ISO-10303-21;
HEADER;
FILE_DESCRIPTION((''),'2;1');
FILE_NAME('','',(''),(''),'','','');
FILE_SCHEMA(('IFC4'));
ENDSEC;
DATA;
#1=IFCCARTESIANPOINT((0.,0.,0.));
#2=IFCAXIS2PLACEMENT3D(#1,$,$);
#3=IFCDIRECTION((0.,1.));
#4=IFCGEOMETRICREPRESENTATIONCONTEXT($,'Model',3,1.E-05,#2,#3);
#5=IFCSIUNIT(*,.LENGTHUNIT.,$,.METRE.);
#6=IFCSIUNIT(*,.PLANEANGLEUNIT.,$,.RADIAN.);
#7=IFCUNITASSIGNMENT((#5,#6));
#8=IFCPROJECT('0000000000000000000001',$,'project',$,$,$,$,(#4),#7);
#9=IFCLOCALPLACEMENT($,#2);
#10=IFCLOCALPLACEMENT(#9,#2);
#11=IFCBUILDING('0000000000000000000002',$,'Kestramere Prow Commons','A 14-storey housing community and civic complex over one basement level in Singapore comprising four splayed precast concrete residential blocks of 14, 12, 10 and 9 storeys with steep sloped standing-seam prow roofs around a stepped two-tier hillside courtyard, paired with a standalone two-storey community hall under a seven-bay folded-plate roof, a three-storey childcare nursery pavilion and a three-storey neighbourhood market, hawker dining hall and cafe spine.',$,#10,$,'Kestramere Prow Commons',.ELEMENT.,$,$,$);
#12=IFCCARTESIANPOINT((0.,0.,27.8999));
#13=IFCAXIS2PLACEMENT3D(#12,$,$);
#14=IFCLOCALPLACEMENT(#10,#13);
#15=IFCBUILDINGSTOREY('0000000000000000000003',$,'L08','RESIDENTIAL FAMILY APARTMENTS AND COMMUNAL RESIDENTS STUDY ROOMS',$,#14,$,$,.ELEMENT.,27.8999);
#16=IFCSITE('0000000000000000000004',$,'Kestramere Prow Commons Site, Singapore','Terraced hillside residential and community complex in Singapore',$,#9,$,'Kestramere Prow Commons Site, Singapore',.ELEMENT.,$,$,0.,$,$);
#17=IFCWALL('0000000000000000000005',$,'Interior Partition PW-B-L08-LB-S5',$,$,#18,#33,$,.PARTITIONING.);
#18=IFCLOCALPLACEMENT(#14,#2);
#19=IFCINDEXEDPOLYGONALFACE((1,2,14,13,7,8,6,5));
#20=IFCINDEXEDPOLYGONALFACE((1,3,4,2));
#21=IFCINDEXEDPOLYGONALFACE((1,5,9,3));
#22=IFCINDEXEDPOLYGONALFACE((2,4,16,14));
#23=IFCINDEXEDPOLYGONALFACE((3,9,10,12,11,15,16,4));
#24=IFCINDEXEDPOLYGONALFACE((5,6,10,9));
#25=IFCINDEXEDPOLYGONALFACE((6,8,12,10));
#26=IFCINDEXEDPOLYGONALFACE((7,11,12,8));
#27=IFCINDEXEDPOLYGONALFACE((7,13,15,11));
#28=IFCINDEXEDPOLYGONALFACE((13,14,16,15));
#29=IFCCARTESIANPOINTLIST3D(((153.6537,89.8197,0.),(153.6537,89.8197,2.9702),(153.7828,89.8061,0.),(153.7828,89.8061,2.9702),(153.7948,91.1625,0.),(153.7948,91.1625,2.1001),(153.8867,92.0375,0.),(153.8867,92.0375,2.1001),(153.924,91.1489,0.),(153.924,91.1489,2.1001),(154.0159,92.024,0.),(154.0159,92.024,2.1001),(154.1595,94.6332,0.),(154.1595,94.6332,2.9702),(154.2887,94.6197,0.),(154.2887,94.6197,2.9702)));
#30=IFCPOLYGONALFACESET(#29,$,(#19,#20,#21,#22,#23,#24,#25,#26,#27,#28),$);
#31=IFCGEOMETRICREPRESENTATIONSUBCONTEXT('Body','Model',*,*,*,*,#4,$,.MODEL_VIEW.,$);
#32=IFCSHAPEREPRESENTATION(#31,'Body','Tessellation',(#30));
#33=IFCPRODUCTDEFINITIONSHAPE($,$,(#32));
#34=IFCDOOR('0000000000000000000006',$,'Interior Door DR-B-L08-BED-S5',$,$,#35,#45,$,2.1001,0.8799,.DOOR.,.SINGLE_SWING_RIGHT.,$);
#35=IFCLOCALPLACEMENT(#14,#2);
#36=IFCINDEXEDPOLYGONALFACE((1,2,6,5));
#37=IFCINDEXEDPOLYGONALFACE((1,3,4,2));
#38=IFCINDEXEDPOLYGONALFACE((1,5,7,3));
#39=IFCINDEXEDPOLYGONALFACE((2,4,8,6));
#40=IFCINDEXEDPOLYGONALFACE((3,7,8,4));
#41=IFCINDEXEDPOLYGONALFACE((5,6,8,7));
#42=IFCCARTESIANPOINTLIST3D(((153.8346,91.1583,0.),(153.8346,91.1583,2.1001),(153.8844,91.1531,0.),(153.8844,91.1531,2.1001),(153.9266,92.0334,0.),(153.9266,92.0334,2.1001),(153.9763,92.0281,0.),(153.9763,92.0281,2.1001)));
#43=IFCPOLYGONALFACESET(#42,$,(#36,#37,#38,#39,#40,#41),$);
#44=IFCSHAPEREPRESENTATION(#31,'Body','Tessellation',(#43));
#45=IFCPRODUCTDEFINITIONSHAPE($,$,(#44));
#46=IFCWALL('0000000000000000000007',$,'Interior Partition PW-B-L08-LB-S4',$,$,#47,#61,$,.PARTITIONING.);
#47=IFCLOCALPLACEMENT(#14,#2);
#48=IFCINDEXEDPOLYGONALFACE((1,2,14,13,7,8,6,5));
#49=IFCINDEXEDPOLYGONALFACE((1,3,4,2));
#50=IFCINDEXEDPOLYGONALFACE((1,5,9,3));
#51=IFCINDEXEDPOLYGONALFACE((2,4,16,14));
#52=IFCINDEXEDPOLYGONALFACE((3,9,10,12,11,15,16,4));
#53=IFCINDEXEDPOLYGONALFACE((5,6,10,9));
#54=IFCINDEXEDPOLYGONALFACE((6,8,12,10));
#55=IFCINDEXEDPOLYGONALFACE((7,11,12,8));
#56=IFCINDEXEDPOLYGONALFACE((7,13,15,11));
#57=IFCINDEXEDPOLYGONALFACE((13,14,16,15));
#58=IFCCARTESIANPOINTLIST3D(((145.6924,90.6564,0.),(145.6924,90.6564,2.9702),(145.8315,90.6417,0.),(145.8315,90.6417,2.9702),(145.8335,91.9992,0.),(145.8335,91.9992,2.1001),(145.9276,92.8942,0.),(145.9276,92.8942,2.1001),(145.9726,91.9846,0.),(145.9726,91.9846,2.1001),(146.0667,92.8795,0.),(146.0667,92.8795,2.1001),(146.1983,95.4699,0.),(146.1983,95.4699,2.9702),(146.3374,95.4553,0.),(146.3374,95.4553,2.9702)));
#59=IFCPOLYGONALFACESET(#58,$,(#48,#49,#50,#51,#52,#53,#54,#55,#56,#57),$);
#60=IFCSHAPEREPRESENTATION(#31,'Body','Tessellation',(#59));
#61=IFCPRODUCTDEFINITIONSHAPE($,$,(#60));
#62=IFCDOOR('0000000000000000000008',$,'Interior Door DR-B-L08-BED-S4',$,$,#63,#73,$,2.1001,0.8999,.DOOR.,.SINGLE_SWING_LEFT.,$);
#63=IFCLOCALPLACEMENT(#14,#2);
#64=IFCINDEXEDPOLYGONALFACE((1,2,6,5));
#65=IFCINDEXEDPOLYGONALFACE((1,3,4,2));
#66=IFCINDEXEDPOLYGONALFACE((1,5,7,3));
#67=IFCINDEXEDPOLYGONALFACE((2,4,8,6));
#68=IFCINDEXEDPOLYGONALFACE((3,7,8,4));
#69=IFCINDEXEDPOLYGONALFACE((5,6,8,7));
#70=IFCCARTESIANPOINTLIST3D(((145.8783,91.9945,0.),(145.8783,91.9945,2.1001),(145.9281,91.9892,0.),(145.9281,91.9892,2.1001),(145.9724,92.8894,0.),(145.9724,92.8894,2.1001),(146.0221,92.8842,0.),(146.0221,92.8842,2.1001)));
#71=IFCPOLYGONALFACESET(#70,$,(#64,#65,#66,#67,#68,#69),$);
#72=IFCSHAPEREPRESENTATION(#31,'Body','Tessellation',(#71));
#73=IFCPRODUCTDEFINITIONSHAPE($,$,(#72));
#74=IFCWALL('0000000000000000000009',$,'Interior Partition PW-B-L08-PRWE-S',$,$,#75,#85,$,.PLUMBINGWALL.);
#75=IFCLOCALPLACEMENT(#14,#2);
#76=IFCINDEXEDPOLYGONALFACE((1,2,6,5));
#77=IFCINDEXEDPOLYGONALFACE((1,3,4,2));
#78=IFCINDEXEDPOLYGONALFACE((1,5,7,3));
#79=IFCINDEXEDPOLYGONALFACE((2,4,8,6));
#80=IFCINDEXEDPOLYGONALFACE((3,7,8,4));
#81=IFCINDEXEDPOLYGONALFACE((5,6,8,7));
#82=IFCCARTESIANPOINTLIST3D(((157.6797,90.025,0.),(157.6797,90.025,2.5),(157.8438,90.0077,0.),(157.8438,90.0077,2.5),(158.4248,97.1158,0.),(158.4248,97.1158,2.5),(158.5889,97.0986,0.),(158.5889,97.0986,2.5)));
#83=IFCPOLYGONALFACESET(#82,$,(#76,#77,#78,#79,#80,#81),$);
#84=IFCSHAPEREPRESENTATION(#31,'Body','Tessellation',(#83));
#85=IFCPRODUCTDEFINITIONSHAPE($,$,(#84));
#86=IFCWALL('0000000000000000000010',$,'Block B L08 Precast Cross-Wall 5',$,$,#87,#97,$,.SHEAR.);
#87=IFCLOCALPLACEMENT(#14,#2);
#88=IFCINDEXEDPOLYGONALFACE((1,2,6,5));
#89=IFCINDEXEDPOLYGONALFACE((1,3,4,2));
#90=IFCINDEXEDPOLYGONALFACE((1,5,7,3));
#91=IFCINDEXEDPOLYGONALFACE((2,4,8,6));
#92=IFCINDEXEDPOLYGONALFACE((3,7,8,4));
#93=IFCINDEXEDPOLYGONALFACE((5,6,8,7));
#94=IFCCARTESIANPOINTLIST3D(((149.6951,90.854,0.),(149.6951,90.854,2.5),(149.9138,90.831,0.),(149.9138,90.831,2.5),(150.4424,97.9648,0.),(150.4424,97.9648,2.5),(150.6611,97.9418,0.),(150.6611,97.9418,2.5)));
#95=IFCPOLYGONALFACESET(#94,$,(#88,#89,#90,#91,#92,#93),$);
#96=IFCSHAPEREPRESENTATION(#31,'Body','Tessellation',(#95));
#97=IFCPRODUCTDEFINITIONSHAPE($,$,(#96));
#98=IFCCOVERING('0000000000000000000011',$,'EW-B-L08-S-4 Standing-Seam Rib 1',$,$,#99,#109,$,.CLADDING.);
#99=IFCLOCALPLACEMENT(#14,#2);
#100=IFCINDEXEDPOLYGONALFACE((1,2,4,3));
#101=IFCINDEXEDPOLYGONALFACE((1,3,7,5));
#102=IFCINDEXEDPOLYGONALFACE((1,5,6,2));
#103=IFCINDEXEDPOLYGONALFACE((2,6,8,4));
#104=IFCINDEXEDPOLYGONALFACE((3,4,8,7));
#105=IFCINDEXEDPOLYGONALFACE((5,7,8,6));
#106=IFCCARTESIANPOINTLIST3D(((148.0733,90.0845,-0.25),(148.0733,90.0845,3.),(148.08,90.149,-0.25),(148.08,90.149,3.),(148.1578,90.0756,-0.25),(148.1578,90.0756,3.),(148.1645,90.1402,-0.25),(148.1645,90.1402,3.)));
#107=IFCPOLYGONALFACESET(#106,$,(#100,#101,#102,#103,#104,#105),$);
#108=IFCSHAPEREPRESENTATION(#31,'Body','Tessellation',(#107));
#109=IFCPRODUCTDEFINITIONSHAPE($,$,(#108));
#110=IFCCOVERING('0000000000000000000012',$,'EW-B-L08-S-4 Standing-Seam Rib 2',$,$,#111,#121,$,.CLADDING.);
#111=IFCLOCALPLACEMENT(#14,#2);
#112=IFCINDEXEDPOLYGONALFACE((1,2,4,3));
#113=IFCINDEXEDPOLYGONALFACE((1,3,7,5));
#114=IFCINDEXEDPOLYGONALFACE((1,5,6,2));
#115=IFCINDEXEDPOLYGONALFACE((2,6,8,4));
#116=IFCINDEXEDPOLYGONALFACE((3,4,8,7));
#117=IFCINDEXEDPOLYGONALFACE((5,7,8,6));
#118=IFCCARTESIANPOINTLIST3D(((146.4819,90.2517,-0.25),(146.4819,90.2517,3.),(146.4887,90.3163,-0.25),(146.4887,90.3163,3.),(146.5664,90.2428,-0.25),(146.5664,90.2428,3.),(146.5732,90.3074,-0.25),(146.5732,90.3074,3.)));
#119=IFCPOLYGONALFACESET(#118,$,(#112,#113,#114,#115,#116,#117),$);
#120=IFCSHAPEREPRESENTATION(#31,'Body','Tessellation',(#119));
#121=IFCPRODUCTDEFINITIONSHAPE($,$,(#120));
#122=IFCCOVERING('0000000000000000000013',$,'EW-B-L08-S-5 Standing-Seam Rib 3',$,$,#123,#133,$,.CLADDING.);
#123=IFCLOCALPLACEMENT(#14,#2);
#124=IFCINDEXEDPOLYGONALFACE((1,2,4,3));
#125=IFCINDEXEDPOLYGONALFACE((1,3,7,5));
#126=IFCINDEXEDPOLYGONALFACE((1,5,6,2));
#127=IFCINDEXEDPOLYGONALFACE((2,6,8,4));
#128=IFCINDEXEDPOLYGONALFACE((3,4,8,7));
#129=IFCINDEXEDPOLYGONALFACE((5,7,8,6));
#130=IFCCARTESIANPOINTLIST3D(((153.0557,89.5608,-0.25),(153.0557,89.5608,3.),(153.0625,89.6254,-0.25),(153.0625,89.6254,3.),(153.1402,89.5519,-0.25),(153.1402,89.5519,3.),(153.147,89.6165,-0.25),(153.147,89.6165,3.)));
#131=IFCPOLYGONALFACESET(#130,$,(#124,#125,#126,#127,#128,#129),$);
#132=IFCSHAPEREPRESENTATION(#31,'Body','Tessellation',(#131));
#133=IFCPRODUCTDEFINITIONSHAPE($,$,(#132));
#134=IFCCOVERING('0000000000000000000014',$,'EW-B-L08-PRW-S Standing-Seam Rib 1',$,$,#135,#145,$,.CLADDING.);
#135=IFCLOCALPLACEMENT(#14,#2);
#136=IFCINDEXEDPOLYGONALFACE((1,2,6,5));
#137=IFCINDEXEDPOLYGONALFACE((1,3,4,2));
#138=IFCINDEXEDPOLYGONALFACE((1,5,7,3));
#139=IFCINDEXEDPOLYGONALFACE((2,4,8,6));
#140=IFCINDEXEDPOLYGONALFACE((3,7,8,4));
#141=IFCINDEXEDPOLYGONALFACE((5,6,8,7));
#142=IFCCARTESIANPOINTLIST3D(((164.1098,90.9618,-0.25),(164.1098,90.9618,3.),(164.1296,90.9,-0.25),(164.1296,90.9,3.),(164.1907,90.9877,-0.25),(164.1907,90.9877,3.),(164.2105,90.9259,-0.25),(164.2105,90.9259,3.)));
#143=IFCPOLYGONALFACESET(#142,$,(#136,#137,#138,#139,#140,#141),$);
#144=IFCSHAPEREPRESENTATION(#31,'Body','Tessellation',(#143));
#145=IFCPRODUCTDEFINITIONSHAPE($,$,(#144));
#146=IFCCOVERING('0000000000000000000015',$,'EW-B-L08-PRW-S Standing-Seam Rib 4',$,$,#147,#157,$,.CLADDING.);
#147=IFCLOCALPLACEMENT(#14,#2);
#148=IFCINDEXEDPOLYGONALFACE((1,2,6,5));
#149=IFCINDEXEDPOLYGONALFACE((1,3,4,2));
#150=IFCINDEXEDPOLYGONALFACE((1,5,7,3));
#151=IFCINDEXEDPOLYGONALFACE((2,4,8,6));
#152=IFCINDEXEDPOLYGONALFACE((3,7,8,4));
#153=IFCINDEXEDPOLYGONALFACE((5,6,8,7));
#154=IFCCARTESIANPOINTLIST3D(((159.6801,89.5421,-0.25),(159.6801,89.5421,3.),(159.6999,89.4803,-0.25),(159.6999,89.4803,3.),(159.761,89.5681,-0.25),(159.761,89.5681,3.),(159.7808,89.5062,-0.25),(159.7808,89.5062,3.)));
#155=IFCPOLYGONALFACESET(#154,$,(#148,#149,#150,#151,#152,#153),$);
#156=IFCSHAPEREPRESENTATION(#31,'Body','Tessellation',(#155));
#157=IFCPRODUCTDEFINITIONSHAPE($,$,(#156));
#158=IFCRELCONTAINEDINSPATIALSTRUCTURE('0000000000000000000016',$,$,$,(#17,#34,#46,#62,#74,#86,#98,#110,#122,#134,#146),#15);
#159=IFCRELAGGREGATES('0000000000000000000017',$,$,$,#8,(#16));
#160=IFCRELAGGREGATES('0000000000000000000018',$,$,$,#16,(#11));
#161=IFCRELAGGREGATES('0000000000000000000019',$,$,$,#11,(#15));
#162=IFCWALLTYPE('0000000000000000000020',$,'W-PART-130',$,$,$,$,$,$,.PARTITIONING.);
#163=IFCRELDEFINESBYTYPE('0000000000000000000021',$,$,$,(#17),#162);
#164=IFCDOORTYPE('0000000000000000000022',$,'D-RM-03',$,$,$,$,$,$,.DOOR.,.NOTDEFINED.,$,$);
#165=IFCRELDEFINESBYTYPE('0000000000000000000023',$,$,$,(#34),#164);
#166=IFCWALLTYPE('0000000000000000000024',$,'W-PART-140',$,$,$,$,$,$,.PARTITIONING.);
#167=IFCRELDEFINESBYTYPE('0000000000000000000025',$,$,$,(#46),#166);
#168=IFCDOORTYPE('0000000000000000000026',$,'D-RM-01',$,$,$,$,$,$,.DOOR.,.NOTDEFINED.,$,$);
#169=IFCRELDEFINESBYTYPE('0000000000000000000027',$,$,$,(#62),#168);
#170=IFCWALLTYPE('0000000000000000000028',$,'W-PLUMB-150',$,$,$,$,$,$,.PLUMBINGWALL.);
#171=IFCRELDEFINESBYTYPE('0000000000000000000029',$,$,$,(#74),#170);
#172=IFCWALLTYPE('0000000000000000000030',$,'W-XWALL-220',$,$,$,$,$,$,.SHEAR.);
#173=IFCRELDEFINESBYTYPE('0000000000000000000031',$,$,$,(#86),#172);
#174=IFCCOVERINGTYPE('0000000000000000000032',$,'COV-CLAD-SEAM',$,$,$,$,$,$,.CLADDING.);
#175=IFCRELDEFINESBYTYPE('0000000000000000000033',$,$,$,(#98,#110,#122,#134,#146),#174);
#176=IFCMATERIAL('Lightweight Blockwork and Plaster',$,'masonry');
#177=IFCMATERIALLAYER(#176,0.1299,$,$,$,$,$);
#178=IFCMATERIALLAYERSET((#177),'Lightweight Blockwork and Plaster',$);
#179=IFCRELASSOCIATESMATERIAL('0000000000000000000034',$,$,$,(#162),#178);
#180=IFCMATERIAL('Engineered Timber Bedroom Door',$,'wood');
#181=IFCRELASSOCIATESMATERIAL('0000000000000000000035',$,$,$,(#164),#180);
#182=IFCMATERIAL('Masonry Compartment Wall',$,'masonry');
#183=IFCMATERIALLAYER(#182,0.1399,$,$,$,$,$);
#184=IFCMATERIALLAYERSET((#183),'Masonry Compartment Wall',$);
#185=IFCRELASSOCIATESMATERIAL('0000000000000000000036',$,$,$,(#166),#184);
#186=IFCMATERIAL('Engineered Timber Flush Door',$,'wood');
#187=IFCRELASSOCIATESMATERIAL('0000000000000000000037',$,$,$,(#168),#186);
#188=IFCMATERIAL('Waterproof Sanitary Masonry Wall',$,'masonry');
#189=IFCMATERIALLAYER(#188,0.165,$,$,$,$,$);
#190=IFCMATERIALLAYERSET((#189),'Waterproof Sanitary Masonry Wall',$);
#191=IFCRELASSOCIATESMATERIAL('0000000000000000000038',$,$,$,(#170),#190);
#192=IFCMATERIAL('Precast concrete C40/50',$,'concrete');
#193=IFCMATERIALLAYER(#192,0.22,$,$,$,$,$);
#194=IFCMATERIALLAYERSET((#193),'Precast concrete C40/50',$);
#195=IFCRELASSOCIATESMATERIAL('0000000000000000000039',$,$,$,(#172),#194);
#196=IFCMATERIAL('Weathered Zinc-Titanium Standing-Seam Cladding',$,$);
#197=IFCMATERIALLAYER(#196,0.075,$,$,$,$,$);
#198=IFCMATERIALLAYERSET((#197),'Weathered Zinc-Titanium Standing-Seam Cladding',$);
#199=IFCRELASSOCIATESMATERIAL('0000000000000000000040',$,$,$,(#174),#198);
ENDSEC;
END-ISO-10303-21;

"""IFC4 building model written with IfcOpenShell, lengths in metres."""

from ifc_helpers import new_model, si_unit, direction, frame, frame_2d, origin, origin_2d, place, context, subcontext, project, spatial, rectangle, extrude, material, layer, layer_set, type_object, element, fill, save


model = new_model("IFC4")

# Units and contexts
model_context = context("Model", 3, precision=1e-05, world=origin(), true_north=direction((0.0, 1.0)))
body_context = subcontext(model_context, "Body", "Model", "MODEL_VIEW")
ifc_project = project(units=[si_unit("LENGTHUNIT", "METRE"), si_unit("PLANEANGLEUNIT", "RADIAN")], contexts=[model_context])

# Site, building, storey
site_placement = place(None, origin())
site = spatial("IfcSite", under=ifc_project, at=site_placement, Name="Kestramere Prow Commons Site, Singapore", Description="Terraced hillside residential and community complex in Singapore", LongName="Kestramere Prow Commons Site, Singapore", CompositionType="ELEMENT", RefElevation=0.0)
building_placement = place(site_placement, origin())
building = spatial("IfcBuilding", under=site, at=building_placement, Name="Kestramere Prow Commons", Description="A 14-storey housing community and civic complex over one basement level in Singapore comprising four splayed precast concrete residential blocks of 14, 12, 10 and 9 storeys with steep sloped standing-seam prow roofs around a stepped two-tier hillside courtyard, paired with a standalone two-storey community hall under a seven-bay folded-plate roof, a three-storey childcare nursery pavilion and a three-storey neighbourhood market, hawker dining hall and cafe spine.", LongName="Kestramere Prow Commons", CompositionType="ELEMENT")
storey_placement = place(building_placement, frame((0.0, 0.0, 27.8999)))
storey = spatial("IfcBuildingStorey", under=building, at=storey_placement, Name="L08", Description="RESIDENTIAL FAMILY APARTMENTS AND COMMUNAL RESIDENTS STUDY ROOMS", CompositionType="ELEMENT", Elevation=27.8999)

# Shared definitions
ifc_material_1 = material(Name="Precast concrete C40/50", Category="concrete")

# Walls, openings, doors
ifc_material_2 = material(Name="Lightweight Blockwork and Plaster", Category="masonry")
ifc_layer_1 = layer(ifc_material_2, 0.1299)
ifc_layer_set_1 = layer_set([ifc_layer_1], Name="Lightweight Blockwork and Plaster")
wall_type_1 = type_object("IfcWallType", Name="W-PART-130", PredefinedType="PARTITIONING", material=ifc_layer_set_1)
wall_1_placement = place(storey_placement, frame((153.7183, 89.813, 0.0), z_axis=(0.0, 0.0, 1.0), x_axis=(0.104517, 0.994523, 0.0)))
wall_1 = element("IfcWall", 1, at=wall_1_placement, inside=storey, type_object=wall_type_1, Name="Interior Partition PW-B-L08-LB-S5", PredefinedType="PARTITIONING", context=body_context, shape_type="SweptSolid", body=[
    extrude(rectangle(XDim=4.8401, YDim=0.1299, at=frame_2d((2.4199, 0.0))), origin(), (0.0, 0.0, 1.0), 2.9702),
])
opening_1_placement = place(wall_1_placement, frame((1.3501, 0.0, 0.0)))
opening_1 = element("IfcOpeningElement", 2, at=opening_1_placement, cuts=wall_1, PredefinedType="OPENING", context=body_context, shape_type="SweptSolid", body=[
    extrude(rectangle(XDim=0.8799, YDim=2.1001, at=frame_2d((0.4399, 1.05))), frame((0.0, 0.0798, 0.0), z_axis=(0.0, -1.0, 0.0), x_axis=(1.0, 0.0, 0.0)), (0.0, 0.0, 1.0), 0.1599),
])
ifc_material_3 = material(Name="Engineered Timber Bedroom Door", Category="wood")
door_type_1 = type_object("IfcDoorType", Name="D-RM-03", OperationType="NOTDEFINED", PredefinedType="DOOR", material=ifc_material_3)
door_1_placement = place(opening_1_placement, origin())
door_1 = element("IfcDoor", 3, at=door_1_placement, inside=storey, type_object=door_type_1, Name="Interior Door DR-B-L08-BED-S5", OperationType="SINGLE_SWING_RIGHT", OverallHeight=2.1001, OverallWidth=0.8799, PredefinedType="DOOR", context=body_context, shape_type="SweptSolid", body=[
    extrude(rectangle(XDim=0.8799, YDim=2.1001, at=frame_2d((0.4399, 1.05))), frame((0.0, 0.0249, 0.0), z_axis=(0.0, -1.0, 0.0), x_axis=(1.0, 0.0, 0.0)), (0.0, 0.0, 1.0), 0.05),
])
fill(opening_1, door_1)
ifc_material_4 = material(Name="Masonry Compartment Wall", Category="masonry")
ifc_layer_2 = layer(ifc_material_4, 0.1399)
ifc_layer_set_2 = layer_set([ifc_layer_2], Name="Masonry Compartment Wall")
wall_type_2 = type_object("IfcWallType", Name="W-PART-140", PredefinedType="PARTITIONING", material=ifc_layer_set_2)
wall_2_placement = place(storey_placement, frame((145.762, 90.6492, 0.0), z_axis=(0.0, 0.0, 1.0), x_axis=(0.104517, 0.994523, 0.0)))
wall_2 = element("IfcWall", 4, at=wall_2_placement, inside=storey, type_object=wall_type_2, Name="Interior Partition PW-B-L08-LB-S4", PredefinedType="PARTITIONING", context=body_context, shape_type="SweptSolid", body=[
    extrude(rectangle(XDim=4.8401, YDim=0.1399, at=frame_2d((2.4199, 0.0))), origin(), (0.0, 0.0, 1.0), 2.9702),
])
opening_2_placement = place(wall_2_placement, frame((1.3501, 0.0, 0.0)))
opening_2 = element("IfcOpeningElement", 5, at=opening_2_placement, cuts=wall_2, PredefinedType="OPENING", context=body_context, shape_type="SweptSolid", body=[
    extrude(rectangle(XDim=0.8999, YDim=2.1001, at=frame_2d((0.45, 1.05))), frame((0.0, 0.085, 0.0), z_axis=(0.0, -1.0, 0.0), x_axis=(1.0, 0.0, 0.0)), (0.0, 0.0, 1.0), 0.1699),
])
ifc_material_5 = material(Name="Engineered Timber Flush Door", Category="wood")
door_type_2 = type_object("IfcDoorType", Name="D-RM-01", OperationType="NOTDEFINED", PredefinedType="DOOR", material=ifc_material_5)
door_2_placement = place(opening_2_placement, origin())
door_2 = element("IfcDoor", 6, at=door_2_placement, inside=storey, type_object=door_type_2, Name="Interior Door DR-B-L08-BED-S4", OperationType="SINGLE_SWING_LEFT", OverallHeight=2.1001, OverallWidth=0.8999, PredefinedType="DOOR", context=body_context, shape_type="SweptSolid", body=[
    extrude(rectangle(XDim=0.8999, YDim=2.1001, at=frame_2d((0.45, 1.05))), frame((0.0, 0.0249, 0.0), z_axis=(0.0, -1.0, 0.0), x_axis=(1.0, 0.0, 0.0)), (0.0, 0.0, 1.0), 0.05),
])
fill(opening_2, door_2)

# Walls
ifc_material_6 = material(Name="Waterproof Sanitary Masonry Wall", Category="masonry")
ifc_layer_3 = layer(ifc_material_6, 0.165)
ifc_layer_set_3 = layer_set([ifc_layer_3], Name="Waterproof Sanitary Masonry Wall")
wall_type_3 = type_object("IfcWallType", Name="W-PLUMB-150", PredefinedType="PLUMBINGWALL", material=ifc_layer_set_3)
wall_3_placement = place(storey_placement, frame((157.7617, 90.0164, 0.0), z_axis=(0.0, 0.0, 1.0), x_axis=(0.104507, 0.994524, 0.0)))
element("IfcWall", 7, at=wall_3_placement, inside=storey, type_object=wall_type_3, Name="Interior Partition PW-B-L08-PRWE-S", PredefinedType="PLUMBINGWALL", context=body_context, shape_type="SweptSolid", body=[
    extrude(rectangle(XDim=7.1299, YDim=0.165, at=frame_2d((3.5649, 0.0))), origin(), (0.0, 0.0, 1.0), 2.5),
])
ifc_layer_4 = layer(ifc_material_1, 0.22)
ifc_layer_set_4 = layer_set([ifc_layer_4], Name="Precast concrete C40/50")
wall_type_4 = type_object("IfcWallType", Name="W-XWALL-220", PredefinedType="SHEAR", material=ifc_layer_set_4)
wall_4_placement = place(storey_placement, frame((149.8044, 90.8425, 0.0), z_axis=(0.0, 0.0, 1.0), x_axis=(0.104519, 0.994523, 0.0)))
element("IfcWall", 8, at=wall_4_placement, inside=storey, type_object=wall_type_4, Name="Block B L08 Precast Cross-Wall 5", PredefinedType="SHEAR", context=body_context, shape_type="SweptSolid", body=[
    extrude(rectangle(XDim=7.1499, YDim=0.22, at=frame_2d((3.575, 0.0))), origin(), (0.0, 0.0, 1.0), 2.5),
])

# Coverings
ifc_material_7 = material(Name="Weathered Zinc-Titanium Standing-Seam Cladding")
ifc_layer_5 = layer(ifc_material_7, 0.075)
ifc_layer_set_5 = layer_set([ifc_layer_5], Name="Weathered Zinc-Titanium Standing-Seam Cladding")
covering_type = type_object("IfcCoveringType", Name="COV-CLAD-SEAM", PredefinedType="CLADDING", material=ifc_layer_set_5)
for number, where, z_axis, x_axis, name in (
    (9, (148.1189, 90.1123, -0.25), (0.0, 0.0, 1.0), (-0.994522, 0.104528, 0.0), "EW-B-L08-S-4 Standing-Seam Rib 1"),
    (10, (146.5276, 90.2795, -0.25), (0.0, 0.0, 1.0), (-0.994522, 0.104528, 0.0), "EW-B-L08-S-4 Standing-Seam Rib 2"),
    (11, (153.1013, 89.5886, -0.25), (0.0, 0.0, 1.0), (-0.994522, 0.104528, 0.0), "EW-B-L08-S-5 Standing-Seam Rib 3"),
    (12, (164.1602, 90.9438, -0.25), (0.0, 0.0, 1.0), (-0.952283, -0.305215, 0.0), "EW-B-L08-PRW-S Standing-Seam Rib 1"),
    (13, (159.7305, 89.5242, -0.25), (0.0, 0.0, 1.0), (-0.952283, -0.305215, 0.0), "EW-B-L08-PRW-S Standing-Seam Rib 4"),
):
    element("IfcCovering", number, at=place(storey_placement, frame(where, z_axis=z_axis, x_axis=x_axis)), inside=storey, type_object=covering_type, Name=name, PredefinedType="CLADDING", context=body_context, shape_type="SweptSolid", body=[
        extrude(rectangle(XDim=0.085, YDim=0.0649, at=origin_2d()), origin(), (0.0, 0.0, 1.0), 3.25),
    ])

save(model, "model.ifc")
